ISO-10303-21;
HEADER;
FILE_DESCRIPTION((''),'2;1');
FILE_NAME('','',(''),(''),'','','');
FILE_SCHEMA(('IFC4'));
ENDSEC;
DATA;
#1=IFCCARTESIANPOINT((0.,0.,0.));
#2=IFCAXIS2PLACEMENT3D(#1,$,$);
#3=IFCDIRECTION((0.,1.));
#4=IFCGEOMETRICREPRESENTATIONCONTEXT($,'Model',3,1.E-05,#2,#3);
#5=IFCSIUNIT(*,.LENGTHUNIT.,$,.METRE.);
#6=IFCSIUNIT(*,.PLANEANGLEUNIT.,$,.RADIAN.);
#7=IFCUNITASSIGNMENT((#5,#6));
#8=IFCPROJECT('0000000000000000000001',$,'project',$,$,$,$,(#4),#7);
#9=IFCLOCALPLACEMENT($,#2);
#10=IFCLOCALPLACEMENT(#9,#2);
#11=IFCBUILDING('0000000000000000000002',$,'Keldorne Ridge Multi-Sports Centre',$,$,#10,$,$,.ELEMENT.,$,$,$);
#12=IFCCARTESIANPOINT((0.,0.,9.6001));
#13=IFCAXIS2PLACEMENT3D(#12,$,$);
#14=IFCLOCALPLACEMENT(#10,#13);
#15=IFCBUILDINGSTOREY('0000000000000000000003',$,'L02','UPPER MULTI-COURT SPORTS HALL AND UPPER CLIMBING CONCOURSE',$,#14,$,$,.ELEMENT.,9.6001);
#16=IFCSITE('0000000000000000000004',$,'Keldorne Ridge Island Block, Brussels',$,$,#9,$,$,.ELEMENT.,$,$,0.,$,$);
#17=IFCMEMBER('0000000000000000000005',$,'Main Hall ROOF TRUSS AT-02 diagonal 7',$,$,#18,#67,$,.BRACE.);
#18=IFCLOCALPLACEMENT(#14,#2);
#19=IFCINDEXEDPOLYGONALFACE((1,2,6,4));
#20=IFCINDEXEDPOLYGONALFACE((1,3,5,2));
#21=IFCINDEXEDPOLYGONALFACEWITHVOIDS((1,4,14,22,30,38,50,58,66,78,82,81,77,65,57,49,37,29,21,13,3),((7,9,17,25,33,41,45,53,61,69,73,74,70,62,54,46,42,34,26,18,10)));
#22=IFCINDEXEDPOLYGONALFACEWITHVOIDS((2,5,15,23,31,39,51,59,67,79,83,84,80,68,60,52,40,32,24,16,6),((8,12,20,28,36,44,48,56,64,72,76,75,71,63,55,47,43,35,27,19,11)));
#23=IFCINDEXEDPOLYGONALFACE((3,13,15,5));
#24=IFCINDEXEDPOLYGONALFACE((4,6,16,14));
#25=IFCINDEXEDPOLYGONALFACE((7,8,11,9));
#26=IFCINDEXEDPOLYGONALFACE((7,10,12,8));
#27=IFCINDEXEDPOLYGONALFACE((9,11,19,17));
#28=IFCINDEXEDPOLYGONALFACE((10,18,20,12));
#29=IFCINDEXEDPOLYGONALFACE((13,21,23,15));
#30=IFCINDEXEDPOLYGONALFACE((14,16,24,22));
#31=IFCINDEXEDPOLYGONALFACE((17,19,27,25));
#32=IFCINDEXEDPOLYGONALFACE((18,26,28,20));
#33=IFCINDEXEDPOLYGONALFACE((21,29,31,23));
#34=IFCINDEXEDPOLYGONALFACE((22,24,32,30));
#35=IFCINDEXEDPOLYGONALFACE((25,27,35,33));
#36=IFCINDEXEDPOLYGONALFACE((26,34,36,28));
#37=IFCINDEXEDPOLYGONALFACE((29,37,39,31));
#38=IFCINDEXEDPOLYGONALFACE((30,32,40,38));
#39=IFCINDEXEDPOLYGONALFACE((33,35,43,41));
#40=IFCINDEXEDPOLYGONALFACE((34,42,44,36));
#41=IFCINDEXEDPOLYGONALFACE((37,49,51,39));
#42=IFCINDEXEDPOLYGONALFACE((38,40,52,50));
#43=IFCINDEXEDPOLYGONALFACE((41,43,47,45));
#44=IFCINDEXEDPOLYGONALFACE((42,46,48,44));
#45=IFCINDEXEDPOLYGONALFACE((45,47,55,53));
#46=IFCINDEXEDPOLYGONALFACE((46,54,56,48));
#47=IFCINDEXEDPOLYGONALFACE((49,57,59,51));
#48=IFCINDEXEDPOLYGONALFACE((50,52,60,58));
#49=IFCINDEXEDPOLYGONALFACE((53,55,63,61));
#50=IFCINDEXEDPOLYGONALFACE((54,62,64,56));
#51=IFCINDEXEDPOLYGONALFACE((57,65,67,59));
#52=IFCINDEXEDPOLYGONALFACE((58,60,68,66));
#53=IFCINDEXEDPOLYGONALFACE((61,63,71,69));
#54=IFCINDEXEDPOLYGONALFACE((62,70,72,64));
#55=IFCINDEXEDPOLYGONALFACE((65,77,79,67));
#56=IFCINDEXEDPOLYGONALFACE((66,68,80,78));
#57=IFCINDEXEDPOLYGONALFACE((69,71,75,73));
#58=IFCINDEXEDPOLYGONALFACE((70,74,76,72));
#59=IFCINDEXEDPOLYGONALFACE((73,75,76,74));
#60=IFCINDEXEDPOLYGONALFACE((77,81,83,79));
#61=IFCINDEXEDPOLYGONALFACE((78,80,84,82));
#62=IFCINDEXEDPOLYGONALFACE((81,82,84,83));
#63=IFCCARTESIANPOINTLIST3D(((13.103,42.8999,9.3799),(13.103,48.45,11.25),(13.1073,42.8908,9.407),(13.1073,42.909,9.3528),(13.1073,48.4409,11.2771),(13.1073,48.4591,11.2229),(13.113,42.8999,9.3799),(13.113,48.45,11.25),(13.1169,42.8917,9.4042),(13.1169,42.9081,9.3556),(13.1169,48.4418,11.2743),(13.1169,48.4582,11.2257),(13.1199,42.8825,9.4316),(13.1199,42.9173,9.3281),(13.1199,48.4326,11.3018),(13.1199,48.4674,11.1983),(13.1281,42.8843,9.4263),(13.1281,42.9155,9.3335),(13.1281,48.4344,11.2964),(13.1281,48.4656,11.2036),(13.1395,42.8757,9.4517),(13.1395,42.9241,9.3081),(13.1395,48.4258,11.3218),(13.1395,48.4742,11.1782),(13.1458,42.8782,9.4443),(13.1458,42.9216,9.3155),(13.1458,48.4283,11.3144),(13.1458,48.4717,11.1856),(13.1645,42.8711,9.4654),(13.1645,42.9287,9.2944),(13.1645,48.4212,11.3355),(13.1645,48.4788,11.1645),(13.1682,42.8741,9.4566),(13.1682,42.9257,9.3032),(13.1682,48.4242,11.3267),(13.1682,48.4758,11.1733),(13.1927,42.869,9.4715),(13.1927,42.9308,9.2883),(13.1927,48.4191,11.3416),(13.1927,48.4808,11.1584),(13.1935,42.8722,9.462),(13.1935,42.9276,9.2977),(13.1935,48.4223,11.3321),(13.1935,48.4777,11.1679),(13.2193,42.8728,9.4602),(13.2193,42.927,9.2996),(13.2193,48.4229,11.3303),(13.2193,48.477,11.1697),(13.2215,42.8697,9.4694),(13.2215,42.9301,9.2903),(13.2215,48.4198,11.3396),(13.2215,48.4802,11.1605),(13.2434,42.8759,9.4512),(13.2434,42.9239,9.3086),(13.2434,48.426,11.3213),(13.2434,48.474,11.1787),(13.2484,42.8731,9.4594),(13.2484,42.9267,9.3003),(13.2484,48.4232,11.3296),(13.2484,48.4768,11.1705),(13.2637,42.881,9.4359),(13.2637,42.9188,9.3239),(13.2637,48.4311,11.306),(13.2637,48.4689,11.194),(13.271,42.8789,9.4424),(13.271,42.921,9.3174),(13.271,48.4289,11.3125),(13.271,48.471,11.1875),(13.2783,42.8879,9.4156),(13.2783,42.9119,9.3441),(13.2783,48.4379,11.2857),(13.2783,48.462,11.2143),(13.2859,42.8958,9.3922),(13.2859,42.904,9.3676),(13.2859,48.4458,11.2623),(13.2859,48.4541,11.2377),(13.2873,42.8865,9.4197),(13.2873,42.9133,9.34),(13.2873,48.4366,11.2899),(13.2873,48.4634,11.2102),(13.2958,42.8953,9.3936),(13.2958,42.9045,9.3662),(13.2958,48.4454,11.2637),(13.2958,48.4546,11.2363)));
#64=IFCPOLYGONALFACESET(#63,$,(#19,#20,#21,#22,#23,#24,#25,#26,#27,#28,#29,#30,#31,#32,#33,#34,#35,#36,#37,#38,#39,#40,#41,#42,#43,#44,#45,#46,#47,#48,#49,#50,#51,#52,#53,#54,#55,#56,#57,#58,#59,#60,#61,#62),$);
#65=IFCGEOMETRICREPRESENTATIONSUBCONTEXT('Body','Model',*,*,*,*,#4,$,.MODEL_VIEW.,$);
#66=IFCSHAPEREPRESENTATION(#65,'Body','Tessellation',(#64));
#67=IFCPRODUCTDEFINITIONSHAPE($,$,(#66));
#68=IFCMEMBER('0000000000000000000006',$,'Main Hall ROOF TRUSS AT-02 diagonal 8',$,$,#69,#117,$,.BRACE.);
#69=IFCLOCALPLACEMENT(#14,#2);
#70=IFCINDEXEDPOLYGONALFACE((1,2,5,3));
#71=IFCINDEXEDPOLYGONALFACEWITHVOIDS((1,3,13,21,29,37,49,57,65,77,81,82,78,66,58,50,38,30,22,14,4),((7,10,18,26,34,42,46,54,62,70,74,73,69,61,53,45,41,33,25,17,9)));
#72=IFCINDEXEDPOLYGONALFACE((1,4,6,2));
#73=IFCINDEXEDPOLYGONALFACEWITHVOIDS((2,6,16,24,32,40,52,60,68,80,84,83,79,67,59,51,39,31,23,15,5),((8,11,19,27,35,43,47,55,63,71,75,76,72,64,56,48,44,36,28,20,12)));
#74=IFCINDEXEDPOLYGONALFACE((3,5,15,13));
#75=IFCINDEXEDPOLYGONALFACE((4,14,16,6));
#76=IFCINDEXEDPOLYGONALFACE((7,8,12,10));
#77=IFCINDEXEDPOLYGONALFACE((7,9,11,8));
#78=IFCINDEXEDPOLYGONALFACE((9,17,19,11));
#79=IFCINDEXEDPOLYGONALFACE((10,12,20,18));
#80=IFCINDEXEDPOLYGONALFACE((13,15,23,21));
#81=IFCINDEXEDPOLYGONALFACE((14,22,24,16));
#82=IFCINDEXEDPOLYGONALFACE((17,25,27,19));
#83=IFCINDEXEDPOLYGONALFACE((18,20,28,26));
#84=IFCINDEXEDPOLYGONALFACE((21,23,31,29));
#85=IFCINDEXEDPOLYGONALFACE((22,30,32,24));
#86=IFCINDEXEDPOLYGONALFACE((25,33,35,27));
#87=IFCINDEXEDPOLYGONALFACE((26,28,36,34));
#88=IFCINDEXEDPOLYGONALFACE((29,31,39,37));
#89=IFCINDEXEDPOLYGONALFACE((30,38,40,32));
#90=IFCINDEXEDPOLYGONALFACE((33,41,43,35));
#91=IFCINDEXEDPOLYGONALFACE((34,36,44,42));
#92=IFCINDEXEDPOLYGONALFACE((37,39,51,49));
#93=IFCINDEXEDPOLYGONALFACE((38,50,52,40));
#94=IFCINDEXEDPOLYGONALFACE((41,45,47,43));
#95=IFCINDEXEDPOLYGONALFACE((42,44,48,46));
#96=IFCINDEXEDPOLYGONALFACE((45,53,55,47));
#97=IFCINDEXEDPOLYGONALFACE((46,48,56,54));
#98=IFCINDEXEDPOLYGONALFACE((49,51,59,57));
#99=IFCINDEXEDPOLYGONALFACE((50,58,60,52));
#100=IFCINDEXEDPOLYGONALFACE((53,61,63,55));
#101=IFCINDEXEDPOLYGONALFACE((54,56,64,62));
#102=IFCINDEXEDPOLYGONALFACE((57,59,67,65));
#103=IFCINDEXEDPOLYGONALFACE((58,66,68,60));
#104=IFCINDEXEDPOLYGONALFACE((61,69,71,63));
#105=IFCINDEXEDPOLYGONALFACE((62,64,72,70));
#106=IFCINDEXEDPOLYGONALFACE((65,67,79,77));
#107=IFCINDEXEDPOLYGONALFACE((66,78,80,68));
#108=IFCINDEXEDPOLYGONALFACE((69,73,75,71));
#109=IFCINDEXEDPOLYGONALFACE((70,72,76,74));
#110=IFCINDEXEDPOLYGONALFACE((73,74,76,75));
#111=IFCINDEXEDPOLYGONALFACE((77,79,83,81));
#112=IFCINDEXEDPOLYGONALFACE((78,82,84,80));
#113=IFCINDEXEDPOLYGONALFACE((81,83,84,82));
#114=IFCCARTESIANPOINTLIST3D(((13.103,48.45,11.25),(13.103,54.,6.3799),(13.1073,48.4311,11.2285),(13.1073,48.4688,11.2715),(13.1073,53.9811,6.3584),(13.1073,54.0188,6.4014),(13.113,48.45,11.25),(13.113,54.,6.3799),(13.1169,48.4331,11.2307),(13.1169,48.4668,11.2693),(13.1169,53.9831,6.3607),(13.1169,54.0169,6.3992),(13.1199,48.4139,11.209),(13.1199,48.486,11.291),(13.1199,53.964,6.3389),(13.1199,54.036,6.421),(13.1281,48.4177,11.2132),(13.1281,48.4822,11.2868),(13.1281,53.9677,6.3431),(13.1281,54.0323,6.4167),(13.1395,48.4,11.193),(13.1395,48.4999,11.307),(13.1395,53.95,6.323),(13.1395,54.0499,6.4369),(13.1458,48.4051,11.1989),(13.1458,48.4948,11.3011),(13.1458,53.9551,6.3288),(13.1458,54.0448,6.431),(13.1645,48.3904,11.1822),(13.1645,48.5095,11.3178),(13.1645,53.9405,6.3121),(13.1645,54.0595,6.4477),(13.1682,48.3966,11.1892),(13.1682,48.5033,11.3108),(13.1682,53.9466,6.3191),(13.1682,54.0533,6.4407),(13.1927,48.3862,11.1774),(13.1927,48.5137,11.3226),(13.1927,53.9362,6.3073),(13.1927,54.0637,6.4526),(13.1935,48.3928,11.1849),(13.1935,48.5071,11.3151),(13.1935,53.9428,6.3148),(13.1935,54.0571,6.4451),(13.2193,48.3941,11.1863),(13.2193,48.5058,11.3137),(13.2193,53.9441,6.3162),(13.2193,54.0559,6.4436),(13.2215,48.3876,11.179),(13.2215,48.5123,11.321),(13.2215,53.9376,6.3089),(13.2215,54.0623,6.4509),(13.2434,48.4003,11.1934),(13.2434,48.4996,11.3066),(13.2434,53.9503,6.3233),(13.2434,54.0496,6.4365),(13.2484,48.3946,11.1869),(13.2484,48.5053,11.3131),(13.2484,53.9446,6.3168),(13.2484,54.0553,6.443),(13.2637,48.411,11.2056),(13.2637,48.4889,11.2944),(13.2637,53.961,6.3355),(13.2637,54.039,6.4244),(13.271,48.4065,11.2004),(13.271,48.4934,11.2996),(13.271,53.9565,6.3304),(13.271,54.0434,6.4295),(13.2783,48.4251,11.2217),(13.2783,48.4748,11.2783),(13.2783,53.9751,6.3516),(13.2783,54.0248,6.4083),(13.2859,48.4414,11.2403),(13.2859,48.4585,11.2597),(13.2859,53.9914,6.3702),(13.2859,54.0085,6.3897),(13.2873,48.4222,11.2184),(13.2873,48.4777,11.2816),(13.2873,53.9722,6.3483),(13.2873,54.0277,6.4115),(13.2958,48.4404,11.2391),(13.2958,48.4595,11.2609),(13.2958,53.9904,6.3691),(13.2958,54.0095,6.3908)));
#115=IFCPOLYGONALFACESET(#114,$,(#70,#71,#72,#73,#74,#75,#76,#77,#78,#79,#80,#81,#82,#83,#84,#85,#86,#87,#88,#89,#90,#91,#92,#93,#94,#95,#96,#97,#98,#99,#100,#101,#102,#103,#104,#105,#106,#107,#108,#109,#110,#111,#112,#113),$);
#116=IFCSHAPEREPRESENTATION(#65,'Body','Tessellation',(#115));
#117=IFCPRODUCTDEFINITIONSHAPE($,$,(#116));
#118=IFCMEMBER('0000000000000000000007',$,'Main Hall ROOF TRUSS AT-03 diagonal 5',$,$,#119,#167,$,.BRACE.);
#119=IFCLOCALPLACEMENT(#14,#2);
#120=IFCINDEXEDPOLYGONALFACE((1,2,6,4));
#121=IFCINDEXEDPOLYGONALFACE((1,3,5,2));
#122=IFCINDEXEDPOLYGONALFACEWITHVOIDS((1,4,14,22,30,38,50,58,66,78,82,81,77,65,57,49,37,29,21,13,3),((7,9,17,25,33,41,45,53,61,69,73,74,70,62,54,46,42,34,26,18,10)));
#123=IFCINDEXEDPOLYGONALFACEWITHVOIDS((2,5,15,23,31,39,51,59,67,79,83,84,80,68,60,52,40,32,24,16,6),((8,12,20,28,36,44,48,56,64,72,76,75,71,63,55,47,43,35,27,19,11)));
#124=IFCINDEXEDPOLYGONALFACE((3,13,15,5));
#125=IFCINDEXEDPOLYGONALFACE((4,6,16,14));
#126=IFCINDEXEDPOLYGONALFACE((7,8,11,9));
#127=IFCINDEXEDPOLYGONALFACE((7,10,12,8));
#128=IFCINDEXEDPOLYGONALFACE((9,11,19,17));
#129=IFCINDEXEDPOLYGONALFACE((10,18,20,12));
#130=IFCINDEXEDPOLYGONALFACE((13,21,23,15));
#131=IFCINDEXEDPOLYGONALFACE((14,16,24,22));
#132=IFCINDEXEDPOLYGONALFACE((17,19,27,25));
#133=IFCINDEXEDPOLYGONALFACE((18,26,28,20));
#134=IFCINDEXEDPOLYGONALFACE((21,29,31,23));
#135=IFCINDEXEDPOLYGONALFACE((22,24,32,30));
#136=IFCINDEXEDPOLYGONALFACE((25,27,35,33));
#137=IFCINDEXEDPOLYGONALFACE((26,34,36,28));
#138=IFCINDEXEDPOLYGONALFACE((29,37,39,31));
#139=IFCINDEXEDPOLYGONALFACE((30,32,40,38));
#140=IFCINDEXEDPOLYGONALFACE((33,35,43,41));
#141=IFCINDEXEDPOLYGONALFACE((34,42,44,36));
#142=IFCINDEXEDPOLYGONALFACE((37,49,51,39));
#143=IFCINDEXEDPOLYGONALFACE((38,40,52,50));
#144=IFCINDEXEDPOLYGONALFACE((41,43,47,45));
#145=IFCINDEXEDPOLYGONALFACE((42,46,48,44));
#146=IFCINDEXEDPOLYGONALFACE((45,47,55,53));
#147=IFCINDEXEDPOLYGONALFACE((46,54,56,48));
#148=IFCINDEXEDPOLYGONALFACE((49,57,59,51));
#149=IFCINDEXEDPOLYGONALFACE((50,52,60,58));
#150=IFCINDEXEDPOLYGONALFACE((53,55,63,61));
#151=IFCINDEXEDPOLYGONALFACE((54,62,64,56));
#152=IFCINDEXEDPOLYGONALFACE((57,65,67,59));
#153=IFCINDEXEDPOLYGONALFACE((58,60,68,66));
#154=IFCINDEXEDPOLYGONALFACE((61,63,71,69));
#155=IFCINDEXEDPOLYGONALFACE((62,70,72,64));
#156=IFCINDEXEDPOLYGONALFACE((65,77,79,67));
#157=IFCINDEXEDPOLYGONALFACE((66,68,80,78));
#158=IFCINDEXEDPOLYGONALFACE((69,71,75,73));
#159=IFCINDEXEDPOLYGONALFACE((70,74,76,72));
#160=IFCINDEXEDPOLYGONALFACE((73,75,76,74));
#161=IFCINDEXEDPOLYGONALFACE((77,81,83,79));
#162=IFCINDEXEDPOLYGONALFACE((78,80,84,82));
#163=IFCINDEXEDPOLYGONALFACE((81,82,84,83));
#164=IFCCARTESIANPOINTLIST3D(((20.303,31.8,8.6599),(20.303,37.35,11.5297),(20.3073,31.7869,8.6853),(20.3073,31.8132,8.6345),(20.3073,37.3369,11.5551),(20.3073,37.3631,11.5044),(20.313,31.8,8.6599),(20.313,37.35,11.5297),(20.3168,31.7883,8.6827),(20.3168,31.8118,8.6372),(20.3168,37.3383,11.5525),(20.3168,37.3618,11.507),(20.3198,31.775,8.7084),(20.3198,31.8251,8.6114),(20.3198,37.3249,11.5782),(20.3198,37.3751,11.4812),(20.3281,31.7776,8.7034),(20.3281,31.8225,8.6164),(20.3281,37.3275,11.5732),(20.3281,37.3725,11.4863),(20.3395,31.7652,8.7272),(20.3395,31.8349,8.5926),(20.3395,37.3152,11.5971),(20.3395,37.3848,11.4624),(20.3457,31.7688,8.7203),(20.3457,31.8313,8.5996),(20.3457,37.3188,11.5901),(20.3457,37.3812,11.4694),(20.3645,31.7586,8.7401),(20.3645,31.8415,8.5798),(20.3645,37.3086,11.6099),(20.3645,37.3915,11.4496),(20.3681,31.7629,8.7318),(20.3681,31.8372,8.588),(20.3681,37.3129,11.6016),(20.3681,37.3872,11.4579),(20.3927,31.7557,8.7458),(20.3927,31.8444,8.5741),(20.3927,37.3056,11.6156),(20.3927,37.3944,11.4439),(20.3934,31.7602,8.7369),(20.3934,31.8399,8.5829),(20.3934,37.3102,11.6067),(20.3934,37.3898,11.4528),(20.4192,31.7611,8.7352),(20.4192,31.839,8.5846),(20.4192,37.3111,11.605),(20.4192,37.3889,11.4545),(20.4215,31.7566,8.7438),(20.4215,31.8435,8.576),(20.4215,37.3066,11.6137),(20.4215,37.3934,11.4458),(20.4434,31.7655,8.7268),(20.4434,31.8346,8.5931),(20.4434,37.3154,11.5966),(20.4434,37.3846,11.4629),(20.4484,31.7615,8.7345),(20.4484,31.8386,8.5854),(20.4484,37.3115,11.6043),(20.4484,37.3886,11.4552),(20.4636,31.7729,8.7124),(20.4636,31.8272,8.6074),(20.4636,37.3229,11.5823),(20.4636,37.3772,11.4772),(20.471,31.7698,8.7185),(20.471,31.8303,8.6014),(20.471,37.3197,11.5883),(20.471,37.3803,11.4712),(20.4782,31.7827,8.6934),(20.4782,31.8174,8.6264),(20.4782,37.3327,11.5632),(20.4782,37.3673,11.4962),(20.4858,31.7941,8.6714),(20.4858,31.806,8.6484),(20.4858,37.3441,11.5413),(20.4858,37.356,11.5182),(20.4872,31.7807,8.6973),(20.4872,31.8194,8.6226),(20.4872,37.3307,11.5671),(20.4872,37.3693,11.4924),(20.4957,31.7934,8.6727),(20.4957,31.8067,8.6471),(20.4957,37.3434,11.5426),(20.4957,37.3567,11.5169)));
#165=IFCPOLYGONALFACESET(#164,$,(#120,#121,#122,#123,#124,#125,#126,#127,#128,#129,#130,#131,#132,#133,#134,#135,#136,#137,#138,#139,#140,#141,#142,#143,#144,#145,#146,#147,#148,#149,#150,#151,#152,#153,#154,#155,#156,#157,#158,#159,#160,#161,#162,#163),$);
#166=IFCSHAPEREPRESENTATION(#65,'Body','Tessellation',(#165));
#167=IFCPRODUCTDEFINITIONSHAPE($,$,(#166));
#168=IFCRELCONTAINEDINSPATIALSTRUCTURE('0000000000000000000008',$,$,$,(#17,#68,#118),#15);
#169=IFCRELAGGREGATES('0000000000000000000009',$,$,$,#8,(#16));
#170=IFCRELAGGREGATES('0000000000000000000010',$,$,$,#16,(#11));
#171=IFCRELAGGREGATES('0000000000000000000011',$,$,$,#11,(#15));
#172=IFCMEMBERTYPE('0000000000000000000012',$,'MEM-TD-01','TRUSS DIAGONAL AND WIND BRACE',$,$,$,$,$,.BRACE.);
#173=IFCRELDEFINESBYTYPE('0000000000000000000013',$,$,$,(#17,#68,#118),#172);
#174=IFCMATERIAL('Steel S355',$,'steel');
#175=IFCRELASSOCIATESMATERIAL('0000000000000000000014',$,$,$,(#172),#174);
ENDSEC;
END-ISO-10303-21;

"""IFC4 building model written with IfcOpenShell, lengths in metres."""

from ifc_helpers import new_model, si_unit, direction, frame, origin, origin_2d, place, context, subcontext, project, spatial, hollow_circle, extrude, material, material_profile, profile_set, type_object, element, save


model = new_model("IFC4")

# Units and contexts
model_context = context("Model", 3, precision=1e-05, world=origin(), true_north=direction((0.0, 1.0)))
body_context = subcontext(model_context, "Body", "Model", "MODEL_VIEW")
ifc_project = project(units=[si_unit("LENGTHUNIT", "METRE"), si_unit("PLANEANGLEUNIT", "RADIAN")], contexts=[model_context])

# Site, building, storey
site_placement = place(None, origin())
site = spatial("IfcSite", under=ifc_project, at=site_placement, Name="Keldorne Ridge Island Block, Brussels", CompositionType="ELEMENT", RefElevation=0.0)
building_placement = place(site_placement, origin())
building = spatial("IfcBuilding", under=site, at=building_placement, Name="Keldorne Ridge Multi-Sports Centre", CompositionType="ELEMENT")
storey_placement = place(building_placement, frame((0.0, 0.0, 9.6001)))
storey = spatial("IfcBuildingStorey", under=building, at=storey_placement, Name="L02", Description="UPPER MULTI-COURT SPORTS HALL AND UPPER CLIMBING CONCOURSE", CompositionType="ELEMENT", Elevation=9.6001)

# Members
ifc_material = material(Name="Steel S355", Category="steel")
ifc_material_profile_1 = material_profile(ifc_material, hollow_circle(Radius=0.0969, WallThickness=0.01, at=origin_2d()), Name="CHS 193.7x10")
ifc_profile_set_1 = profile_set([ifc_material_profile_1], Name="Steel S355")
member_type_1 = type_object("IfcMemberType", Name="MEM-TD-01", Description="TRUSS DIAGONAL AND WIND BRACE", PredefinedType="BRACE", material=ifc_profile_set_1)
member_1_placement = place(storey_placement, frame((13.2, 42.8999, 9.3799), z_axis=(0.0, 0.947649, 0.319315), x_axis=(-1.0, 0.0, 0.0)))
element("IfcMember", 1, at=member_1_placement, inside=storey, type_object=member_type_1, Name="Main Hall ROOF TRUSS AT-02 diagonal 7", PredefinedType="BRACE", context=body_context, shape_type="SweptSolid", body=[
    extrude(hollow_circle(Radius=0.0969, WallThickness=0.01, at=origin_2d()), origin(), (0.0, 0.0, 1.0), 5.8567),
])
member_2_placement = place(storey_placement, frame((13.2, 48.45, 11.25), z_axis=(0.0, 0.751648, -0.659564), x_axis=(-1.0, 0.0, 0.0)))
element("IfcMember", 2, at=member_2_placement, inside=storey, type_object=member_type_1, Name="Main Hall ROOF TRUSS AT-02 diagonal 8", PredefinedType="BRACE", context=body_context, shape_type="SweptSolid", body=[
    extrude(hollow_circle(Radius=0.0969, WallThickness=0.01, at=origin_2d()), origin(), (0.0, 0.0, 1.0), 7.3838),
])
member_3_placement = place(storey_placement, frame((20.3999, 31.8, 8.6599), z_axis=(0.0, 0.888273, 0.459317), x_axis=(-1.0, 0.0, 0.0)))
element("IfcMember", 3, at=member_3_placement, inside=storey, type_object=member_type_1, Name="Main Hall ROOF TRUSS AT-03 diagonal 5", PredefinedType="BRACE", context=body_context, shape_type="SweptSolid", body=[
    extrude(hollow_circle(Radius=0.0969, WallThickness=0.01, at=origin_2d()), origin(), (0.0, 0.0, 1.0), 6.248),
])

save(model, "model.ifc")
